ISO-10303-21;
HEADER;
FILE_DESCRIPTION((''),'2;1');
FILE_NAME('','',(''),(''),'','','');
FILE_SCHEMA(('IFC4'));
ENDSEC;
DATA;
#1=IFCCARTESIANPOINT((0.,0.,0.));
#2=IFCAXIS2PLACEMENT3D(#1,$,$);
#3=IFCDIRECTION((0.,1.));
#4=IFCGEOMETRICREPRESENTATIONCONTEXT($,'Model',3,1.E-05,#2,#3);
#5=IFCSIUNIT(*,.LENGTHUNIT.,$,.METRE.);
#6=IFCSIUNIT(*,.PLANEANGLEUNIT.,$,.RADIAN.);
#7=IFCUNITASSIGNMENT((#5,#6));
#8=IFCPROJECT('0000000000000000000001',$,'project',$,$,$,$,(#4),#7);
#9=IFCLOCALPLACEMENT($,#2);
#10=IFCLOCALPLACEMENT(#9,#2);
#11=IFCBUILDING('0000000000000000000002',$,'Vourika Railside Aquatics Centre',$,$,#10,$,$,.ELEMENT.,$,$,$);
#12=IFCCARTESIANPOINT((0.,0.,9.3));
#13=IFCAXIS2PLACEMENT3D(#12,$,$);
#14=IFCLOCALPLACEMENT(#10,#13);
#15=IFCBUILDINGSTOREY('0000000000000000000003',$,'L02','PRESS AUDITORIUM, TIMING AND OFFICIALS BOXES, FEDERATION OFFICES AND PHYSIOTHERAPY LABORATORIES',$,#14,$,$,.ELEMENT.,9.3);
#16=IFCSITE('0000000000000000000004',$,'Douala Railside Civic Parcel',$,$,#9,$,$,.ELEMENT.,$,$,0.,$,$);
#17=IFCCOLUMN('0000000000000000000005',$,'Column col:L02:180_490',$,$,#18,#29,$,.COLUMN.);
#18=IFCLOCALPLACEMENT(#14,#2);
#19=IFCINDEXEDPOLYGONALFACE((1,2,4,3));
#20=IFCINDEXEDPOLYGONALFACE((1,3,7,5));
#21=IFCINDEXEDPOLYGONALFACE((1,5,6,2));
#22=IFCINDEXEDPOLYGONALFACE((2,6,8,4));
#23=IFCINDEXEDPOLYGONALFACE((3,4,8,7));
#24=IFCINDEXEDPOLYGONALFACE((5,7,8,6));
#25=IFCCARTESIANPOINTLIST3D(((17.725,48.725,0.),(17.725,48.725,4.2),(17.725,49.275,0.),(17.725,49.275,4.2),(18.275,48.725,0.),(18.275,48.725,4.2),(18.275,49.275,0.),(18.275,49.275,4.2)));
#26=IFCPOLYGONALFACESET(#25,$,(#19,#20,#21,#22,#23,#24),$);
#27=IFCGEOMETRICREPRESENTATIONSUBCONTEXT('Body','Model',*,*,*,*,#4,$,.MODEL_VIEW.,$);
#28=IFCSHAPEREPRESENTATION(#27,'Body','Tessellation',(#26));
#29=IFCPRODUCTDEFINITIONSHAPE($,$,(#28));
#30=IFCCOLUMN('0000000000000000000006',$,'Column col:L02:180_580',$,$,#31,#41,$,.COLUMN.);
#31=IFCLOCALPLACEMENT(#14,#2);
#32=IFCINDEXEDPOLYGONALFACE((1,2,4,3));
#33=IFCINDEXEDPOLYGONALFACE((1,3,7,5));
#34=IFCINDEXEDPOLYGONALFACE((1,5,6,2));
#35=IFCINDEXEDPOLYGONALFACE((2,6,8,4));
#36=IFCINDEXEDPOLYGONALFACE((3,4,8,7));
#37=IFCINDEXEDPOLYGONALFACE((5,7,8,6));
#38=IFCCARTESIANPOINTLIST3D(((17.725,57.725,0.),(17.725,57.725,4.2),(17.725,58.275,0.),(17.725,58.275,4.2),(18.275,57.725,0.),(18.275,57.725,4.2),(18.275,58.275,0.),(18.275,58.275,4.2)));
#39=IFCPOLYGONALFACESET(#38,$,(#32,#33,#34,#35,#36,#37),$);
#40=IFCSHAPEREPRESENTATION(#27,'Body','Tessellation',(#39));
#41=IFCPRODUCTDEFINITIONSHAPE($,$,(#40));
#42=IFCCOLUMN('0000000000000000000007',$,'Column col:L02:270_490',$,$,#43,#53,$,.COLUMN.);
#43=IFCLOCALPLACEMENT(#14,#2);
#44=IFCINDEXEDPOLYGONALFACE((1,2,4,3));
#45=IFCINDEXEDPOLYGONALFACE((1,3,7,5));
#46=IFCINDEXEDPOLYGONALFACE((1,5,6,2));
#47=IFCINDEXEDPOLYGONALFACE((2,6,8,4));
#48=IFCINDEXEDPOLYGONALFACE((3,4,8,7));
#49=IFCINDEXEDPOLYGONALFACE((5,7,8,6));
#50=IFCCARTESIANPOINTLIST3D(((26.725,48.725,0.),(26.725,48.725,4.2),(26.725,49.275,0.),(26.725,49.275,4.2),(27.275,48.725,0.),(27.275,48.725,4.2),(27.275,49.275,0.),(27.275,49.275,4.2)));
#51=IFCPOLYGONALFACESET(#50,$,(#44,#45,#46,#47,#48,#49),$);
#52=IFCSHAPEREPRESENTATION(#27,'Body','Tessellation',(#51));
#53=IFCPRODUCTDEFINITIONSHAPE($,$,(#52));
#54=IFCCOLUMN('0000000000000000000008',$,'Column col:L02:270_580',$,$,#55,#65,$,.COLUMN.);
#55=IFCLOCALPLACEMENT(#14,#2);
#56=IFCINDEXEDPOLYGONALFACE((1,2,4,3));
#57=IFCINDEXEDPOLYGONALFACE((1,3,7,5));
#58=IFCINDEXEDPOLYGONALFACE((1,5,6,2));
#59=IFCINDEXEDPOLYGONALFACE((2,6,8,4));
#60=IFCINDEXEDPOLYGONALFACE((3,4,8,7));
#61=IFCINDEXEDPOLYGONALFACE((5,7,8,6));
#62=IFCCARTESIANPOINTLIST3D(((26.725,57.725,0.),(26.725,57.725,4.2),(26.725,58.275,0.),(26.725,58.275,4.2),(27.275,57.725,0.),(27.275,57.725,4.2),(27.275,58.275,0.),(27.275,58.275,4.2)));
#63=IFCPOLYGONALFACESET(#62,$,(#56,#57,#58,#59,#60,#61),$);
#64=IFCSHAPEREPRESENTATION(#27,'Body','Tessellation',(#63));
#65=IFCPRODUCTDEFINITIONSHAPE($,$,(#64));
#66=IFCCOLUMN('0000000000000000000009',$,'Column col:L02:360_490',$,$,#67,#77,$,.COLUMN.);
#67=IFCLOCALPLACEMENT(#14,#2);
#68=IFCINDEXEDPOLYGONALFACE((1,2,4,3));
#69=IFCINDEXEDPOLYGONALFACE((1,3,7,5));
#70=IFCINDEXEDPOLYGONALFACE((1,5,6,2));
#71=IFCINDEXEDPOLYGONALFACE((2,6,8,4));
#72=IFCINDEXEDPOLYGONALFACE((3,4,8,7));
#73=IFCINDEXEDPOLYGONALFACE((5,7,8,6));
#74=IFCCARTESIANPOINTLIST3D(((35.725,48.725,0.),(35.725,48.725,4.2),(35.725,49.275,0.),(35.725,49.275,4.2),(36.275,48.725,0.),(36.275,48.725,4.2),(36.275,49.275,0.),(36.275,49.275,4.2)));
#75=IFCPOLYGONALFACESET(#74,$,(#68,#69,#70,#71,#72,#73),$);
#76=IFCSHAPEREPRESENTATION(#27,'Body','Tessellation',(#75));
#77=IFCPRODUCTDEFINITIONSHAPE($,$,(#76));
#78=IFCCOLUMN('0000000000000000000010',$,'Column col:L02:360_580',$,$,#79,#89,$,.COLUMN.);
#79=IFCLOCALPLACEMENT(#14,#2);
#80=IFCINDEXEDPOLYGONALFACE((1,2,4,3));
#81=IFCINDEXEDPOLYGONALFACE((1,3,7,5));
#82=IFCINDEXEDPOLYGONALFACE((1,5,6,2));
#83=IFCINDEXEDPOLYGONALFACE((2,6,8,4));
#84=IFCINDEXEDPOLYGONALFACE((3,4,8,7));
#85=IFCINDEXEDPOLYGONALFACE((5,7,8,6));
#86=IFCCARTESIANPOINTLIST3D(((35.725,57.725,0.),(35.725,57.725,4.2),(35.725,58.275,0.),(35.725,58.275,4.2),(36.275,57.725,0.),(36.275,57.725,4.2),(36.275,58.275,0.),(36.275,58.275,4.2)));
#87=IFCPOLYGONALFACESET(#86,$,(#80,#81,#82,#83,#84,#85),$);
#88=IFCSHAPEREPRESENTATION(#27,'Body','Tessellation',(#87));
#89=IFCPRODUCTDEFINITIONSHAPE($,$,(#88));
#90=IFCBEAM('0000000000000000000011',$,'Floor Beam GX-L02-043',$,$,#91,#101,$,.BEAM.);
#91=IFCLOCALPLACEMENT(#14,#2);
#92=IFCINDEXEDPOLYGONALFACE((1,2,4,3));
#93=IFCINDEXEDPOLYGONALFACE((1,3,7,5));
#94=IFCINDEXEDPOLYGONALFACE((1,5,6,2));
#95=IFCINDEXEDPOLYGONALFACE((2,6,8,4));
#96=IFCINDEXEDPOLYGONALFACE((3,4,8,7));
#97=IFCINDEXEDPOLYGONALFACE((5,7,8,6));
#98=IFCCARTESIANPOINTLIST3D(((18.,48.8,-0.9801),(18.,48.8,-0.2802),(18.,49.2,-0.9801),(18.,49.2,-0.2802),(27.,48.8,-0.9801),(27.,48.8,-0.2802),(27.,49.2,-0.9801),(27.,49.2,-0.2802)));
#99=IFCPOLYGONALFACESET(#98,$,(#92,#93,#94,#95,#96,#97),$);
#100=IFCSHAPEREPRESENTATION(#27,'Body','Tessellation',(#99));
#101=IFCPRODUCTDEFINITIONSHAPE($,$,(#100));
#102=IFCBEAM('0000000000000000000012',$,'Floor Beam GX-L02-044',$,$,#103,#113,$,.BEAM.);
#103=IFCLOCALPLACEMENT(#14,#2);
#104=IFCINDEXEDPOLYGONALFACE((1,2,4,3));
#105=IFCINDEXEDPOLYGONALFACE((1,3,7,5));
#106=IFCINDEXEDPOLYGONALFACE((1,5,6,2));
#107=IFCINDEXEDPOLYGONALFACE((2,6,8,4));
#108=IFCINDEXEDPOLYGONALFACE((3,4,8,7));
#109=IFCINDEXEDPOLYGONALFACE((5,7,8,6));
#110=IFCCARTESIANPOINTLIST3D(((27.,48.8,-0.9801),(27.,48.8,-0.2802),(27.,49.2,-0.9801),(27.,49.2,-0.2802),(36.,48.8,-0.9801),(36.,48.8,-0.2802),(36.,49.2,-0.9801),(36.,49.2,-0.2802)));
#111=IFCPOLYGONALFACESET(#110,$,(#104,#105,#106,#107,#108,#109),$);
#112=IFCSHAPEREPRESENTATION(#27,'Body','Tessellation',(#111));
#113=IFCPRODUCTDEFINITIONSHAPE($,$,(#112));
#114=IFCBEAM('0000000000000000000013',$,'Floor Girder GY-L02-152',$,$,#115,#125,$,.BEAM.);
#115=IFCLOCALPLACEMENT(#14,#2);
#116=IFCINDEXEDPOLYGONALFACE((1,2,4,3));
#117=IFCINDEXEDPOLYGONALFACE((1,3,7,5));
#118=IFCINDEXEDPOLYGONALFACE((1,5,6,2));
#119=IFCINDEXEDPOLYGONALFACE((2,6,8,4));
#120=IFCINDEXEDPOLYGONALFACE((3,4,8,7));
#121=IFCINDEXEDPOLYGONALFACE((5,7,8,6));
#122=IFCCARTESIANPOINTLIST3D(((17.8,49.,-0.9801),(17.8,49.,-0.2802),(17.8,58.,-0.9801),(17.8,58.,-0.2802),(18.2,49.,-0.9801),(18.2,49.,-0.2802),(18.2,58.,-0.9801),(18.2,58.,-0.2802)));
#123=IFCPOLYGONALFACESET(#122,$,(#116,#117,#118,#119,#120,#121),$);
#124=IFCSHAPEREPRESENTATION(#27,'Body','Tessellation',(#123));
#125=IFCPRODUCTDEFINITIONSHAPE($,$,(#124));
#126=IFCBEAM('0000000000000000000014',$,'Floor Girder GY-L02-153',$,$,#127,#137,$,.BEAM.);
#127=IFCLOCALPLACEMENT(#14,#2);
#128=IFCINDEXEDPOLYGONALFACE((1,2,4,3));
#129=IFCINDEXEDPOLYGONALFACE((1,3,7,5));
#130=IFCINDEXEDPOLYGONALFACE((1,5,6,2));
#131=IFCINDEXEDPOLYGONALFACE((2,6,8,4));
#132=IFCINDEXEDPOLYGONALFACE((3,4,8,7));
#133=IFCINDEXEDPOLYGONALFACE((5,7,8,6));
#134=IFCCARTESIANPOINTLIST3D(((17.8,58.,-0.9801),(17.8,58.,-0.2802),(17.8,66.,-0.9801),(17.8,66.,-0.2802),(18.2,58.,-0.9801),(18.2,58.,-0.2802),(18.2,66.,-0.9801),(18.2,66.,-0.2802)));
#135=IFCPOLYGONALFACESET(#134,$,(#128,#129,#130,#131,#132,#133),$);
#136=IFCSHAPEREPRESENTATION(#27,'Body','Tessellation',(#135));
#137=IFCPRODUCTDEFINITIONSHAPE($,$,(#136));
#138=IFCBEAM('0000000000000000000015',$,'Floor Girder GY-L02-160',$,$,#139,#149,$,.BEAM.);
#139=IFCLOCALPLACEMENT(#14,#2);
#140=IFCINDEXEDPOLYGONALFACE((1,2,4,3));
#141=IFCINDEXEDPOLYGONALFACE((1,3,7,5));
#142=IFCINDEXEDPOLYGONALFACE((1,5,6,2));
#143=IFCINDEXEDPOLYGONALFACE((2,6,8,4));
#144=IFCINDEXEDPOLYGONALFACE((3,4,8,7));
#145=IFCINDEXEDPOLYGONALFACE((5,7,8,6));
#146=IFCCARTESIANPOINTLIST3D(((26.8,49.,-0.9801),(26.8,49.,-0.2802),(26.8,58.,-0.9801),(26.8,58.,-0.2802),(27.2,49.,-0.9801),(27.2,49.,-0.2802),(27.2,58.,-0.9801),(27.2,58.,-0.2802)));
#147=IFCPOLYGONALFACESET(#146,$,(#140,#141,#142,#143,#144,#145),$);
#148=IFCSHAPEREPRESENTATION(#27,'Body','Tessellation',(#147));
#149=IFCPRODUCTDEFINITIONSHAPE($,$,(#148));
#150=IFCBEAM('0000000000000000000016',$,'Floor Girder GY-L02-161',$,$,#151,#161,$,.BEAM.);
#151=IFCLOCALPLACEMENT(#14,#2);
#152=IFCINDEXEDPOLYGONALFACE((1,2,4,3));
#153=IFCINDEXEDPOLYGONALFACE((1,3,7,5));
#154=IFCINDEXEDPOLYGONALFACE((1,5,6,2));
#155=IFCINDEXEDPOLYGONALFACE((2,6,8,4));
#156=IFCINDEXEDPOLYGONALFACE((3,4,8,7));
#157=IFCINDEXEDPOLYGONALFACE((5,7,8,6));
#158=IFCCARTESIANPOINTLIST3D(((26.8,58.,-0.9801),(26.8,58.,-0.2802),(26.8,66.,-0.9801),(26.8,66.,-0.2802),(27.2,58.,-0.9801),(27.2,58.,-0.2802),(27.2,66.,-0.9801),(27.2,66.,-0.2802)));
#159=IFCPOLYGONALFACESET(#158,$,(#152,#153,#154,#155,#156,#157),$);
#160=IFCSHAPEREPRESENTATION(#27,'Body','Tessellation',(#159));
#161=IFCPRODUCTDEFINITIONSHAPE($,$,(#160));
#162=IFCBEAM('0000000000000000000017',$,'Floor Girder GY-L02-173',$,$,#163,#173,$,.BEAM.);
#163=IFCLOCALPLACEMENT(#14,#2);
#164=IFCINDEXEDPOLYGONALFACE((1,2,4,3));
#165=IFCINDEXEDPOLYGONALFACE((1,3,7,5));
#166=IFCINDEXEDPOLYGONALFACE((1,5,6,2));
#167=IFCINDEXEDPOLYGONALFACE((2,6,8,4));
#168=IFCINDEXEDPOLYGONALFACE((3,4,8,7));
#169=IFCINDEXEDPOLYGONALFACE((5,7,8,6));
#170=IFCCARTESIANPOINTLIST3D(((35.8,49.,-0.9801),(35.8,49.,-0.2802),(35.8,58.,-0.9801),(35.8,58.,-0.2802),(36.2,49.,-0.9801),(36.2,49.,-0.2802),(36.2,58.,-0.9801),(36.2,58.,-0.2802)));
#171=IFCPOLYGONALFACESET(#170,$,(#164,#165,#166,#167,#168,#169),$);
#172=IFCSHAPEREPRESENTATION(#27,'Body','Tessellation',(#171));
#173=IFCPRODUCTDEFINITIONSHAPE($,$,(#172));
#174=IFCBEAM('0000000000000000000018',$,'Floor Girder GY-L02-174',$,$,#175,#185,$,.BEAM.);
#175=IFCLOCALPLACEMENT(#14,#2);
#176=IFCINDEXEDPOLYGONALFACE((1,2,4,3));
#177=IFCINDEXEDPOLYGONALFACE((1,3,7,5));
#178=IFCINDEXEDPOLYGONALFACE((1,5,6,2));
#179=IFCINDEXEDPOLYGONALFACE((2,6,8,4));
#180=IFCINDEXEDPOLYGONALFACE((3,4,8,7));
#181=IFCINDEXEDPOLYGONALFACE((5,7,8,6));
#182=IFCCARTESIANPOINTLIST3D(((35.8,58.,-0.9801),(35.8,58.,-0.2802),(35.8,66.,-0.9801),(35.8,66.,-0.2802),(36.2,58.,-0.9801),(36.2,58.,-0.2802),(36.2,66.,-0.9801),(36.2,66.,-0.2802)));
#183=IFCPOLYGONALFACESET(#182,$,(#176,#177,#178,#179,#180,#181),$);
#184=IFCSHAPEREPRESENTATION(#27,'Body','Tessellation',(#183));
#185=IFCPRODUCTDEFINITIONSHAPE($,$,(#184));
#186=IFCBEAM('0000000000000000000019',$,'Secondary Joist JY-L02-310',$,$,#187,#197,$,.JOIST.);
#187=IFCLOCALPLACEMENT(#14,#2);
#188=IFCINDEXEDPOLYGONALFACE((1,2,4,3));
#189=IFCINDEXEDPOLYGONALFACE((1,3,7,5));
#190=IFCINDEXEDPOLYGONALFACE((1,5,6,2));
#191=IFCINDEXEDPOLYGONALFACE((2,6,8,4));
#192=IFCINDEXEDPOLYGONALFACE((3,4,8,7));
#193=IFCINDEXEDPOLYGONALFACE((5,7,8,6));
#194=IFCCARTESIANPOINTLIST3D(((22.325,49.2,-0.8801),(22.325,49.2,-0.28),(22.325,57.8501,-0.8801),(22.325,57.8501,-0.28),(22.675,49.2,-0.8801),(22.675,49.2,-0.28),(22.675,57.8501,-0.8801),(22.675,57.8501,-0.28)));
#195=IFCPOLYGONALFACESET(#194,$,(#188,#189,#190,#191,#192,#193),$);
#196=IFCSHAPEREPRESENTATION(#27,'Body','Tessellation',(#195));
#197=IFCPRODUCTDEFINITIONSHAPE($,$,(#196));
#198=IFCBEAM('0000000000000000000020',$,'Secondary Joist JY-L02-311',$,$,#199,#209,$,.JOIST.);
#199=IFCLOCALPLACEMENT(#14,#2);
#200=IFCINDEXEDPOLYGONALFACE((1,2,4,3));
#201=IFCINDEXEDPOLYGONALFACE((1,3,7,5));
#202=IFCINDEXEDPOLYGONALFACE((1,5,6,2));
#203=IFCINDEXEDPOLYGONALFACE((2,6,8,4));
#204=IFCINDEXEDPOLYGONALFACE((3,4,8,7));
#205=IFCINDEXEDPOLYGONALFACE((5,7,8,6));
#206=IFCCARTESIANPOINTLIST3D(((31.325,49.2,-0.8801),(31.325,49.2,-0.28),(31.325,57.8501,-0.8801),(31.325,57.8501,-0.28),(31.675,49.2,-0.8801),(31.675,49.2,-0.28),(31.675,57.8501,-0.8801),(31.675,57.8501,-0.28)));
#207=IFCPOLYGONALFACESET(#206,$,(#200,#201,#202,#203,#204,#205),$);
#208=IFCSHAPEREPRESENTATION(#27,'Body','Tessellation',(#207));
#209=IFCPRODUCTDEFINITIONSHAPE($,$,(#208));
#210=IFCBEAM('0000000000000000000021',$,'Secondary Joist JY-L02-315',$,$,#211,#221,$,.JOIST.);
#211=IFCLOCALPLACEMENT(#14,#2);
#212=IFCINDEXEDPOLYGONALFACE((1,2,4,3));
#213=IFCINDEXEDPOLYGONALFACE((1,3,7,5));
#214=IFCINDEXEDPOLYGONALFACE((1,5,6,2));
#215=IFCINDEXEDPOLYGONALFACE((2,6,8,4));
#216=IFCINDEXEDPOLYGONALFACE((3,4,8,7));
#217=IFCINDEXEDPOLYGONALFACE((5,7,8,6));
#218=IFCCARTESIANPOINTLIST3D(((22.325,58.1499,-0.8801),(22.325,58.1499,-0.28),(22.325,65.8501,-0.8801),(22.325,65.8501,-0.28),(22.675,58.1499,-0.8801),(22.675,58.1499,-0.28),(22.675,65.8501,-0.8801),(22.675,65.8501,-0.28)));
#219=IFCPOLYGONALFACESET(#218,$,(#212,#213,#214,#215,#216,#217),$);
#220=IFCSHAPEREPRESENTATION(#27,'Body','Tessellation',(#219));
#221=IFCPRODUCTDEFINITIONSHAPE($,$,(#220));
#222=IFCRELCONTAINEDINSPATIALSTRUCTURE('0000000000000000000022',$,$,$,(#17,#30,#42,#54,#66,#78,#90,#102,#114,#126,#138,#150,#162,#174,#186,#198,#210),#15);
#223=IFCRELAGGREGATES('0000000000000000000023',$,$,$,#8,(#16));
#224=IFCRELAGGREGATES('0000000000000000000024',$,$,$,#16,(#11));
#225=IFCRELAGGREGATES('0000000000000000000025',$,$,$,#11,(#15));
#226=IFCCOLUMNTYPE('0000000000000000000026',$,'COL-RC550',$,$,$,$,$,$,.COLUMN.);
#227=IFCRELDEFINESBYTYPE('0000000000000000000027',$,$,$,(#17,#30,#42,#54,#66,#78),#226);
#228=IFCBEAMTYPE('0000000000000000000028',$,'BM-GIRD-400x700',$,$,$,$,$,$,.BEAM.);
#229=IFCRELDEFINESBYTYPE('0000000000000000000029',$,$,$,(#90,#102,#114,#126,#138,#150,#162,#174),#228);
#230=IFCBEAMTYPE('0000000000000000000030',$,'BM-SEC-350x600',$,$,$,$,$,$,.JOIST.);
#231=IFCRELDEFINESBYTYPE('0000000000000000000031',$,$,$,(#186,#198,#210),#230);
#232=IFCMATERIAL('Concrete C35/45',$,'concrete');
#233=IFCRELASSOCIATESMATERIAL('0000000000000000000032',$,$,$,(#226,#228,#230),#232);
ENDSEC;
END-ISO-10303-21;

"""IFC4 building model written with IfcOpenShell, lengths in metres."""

from ifc_helpers import new_model, si_unit, direction, frame, origin, origin_2d, place, context, subcontext, project, spatial, rectangle, extrude, material, material_profile, profile_set, type_object, element, save


model = new_model("IFC4")

# Units and contexts
model_context = context("Model", 3, precision=1e-05, world=origin(), true_north=direction((0.0, 1.0)))
body_context = subcontext(model_context, "Body", "Model", "MODEL_VIEW")
ifc_project = project(units=[si_unit("LENGTHUNIT", "METRE"), si_unit("PLANEANGLEUNIT", "RADIAN")], contexts=[model_context])

# Site, building, storey
site_placement = place(None, origin())
site = spatial("IfcSite", under=ifc_project, at=site_placement, Name="Douala Railside Civic Parcel", CompositionType="ELEMENT", RefElevation=0.0)
building_placement = place(site_placement, origin())
building = spatial("IfcBuilding", under=site, at=building_placement, Name="Vourika Railside Aquatics Centre", CompositionType="ELEMENT")
storey_placement = place(building_placement, frame((0.0, 0.0, 9.3)))
storey = spatial("IfcBuildingStorey", under=building, at=storey_placement, Name="L02", Description="PRESS AUDITORIUM, TIMING AND OFFICIALS BOXES, FEDERATION OFFICES AND PHYSIOTHERAPY LABORATORIES", CompositionType="ELEMENT", Elevation=9.3)

# Columns
ifc_material_1 = material(Name="Concrete C35/45", Category="concrete")
ifc_material_profile_1 = material_profile(ifc_material_1, rectangle(XDim=0.55, YDim=0.55, at=origin_2d()), Name="RC 550x550")
ifc_profile_set_1 = profile_set([ifc_material_profile_1], Name="Concrete C35/45")
column_type = type_object("IfcColumnType", Name="COL-RC550", PredefinedType="COLUMN", material=ifc_profile_set_1)
for number, where, z_axis, x_axis, name in (
    (1, (18.0, 49.0, 0.0), (0.0, 0.0, 1.0), (1.0, 0.0, 0.0), "Column col:L02:180_490"),
    (2, (18.0, 58.0, 0.0), (0.0, 0.0, 1.0), (1.0, 0.0, 0.0), "Column col:L02:180_580"),
    (3, (27.0, 49.0, 0.0), (0.0, 0.0, 1.0), (1.0, 0.0, 0.0), "Column col:L02:270_490"),
    (4, (27.0, 58.0, 0.0), (0.0, 0.0, 1.0), (1.0, 0.0, 0.0), "Column col:L02:270_580"),
    (5, (36.0, 49.0, 0.0), (0.0, 0.0, 1.0), (1.0, 0.0, 0.0), "Column col:L02:360_490"),
    (6, (36.0, 58.0, 0.0), (0.0, 0.0, 1.0), (1.0, 0.0, 0.0), "Column col:L02:360_580"),
):
    element("IfcColumn", number, at=place(storey_placement, frame(where, z_axis=z_axis, x_axis=x_axis)), inside=storey, type_object=column_type, Name=name, PredefinedType="COLUMN", context=body_context, shape_type="SweptSolid", body=[
        extrude(rectangle(XDim=0.55, YDim=0.55, at=origin_2d()), origin(), (0.0, 0.0, 1.0), 4.2),
    ])

# Beams
ifc_material_profile_2 = material_profile(ifc_material_1, rectangle(XDim=0.3999, YDim=0.7, at=origin_2d()), Name="RC 400x700")
ifc_profile_set_2 = profile_set([ifc_material_profile_2], Name="Concrete C35/45")
beam_type_1 = type_object("IfcBeamType", Name="BM-GIRD-400x700", PredefinedType="BEAM", material=ifc_profile_set_2)
for number, where, z_axis, x_axis, name in (
    (7, (18.0, 49.0, -0.6301), (1.0, 0.0, 0.0), (0.0, 1.0, 0.0), "Floor Beam GX-L02-043"),
    (8, (27.0, 49.0, -0.6301), (1.0, 0.0, 0.0), (0.0, 1.0, 0.0), "Floor Beam GX-L02-044"),
    (9, (18.0, 49.0, -0.6301), (0.0, 1.0, 0.0), (-1.0, 0.0, 0.0), "Floor Girder GY-L02-152"),
):
    element("IfcBeam", number, at=place(storey_placement, frame(where, z_axis=z_axis, x_axis=x_axis)), inside=storey, type_object=beam_type_1, Name=name, PredefinedType="BEAM", context=body_context, shape_type="SweptSolid", body=[
        extrude(rectangle(XDim=0.3999, YDim=0.7, at=origin_2d()), origin(), (0.0, 0.0, 1.0), 9.0),
    ])
beam_1_placement = place(storey_placement, frame((18.0, 58.0, -0.6301), z_axis=(0.0, 1.0, 0.0), x_axis=(-1.0, 0.0, 0.0)))
element("IfcBeam", 10, at=beam_1_placement, inside=storey, type_object=beam_type_1, Name="Floor Girder GY-L02-153", PredefinedType="BEAM", context=body_context, shape_type="SweptSolid", body=[
    extrude(rectangle(XDim=0.3999, YDim=0.7, at=origin_2d()), origin(), (0.0, 0.0, 1.0), 8.0),
])
beam_2_placement = place(storey_placement, frame((27.0, 49.0, -0.6301), z_axis=(0.0, 1.0, 0.0), x_axis=(-1.0, 0.0, 0.0)))
element("IfcBeam", 11, at=beam_2_placement, inside=storey, type_object=beam_type_1, Name="Floor Girder GY-L02-160", PredefinedType="BEAM", context=body_context, shape_type="SweptSolid", body=[
    extrude(rectangle(XDim=0.3999, YDim=0.7, at=origin_2d()), origin(), (0.0, 0.0, 1.0), 9.0),
])
beam_3_placement = place(storey_placement, frame((27.0, 58.0, -0.6301), z_axis=(0.0, 1.0, 0.0), x_axis=(-1.0, 0.0, 0.0)))
element("IfcBeam", 12, at=beam_3_placement, inside=storey, type_object=beam_type_1, Name="Floor Girder GY-L02-161", PredefinedType="BEAM", context=body_context, shape_type="SweptSolid", body=[
    extrude(rectangle(XDim=0.3999, YDim=0.7, at=origin_2d()), origin(), (0.0, 0.0, 1.0), 8.0),
])
beam_4_placement = place(storey_placement, frame((36.0, 49.0, -0.6301), z_axis=(0.0, 1.0, 0.0), x_axis=(-1.0, 0.0, 0.0)))
element("IfcBeam", 13, at=beam_4_placement, inside=storey, type_object=beam_type_1, Name="Floor Girder GY-L02-173", PredefinedType="BEAM", context=body_context, shape_type="SweptSolid", body=[
    extrude(rectangle(XDim=0.3999, YDim=0.7, at=origin_2d()), origin(), (0.0, 0.0, 1.0), 9.0),
])
beam_5_placement = place(storey_placement, frame((36.0, 58.0, -0.6301), z_axis=(0.0, 1.0, 0.0), x_axis=(-1.0, 0.0, 0.0)))
element("IfcBeam", 14, at=beam_5_placement, inside=storey, type_object=beam_type_1, Name="Floor Girder GY-L02-174", PredefinedType="BEAM", context=body_context, shape_type="SweptSolid", body=[
    extrude(rectangle(XDim=0.3999, YDim=0.7, at=origin_2d()), origin(), (0.0, 0.0, 1.0), 8.0),
])
ifc_material_profile_3 = material_profile(ifc_material_1, rectangle(XDim=0.3501, YDim=0.6001, at=origin_2d()), Name="RC 350x600")
ifc_profile_set_3 = profile_set([ifc_material_profile_3], Name="Concrete C35/45")
beam_type_2 = type_object("IfcBeamType", Name="BM-SEC-350x600", PredefinedType="JOIST", material=ifc_profile_set_3)
for number, where, z_axis, x_axis, name in (
    (15, (22.5, 49.2, -0.5801), (0.0, 1.0, 0.0), (-1.0, 0.0, 0.0), "Secondary Joist JY-L02-310"),
    (16, (31.5, 49.2, -0.5801), (0.0, 1.0, 0.0), (-1.0, 0.0, 0.0), "Secondary Joist JY-L02-311"),
):
    element("IfcBeam", number, at=place(storey_placement, frame(where, z_axis=z_axis, x_axis=x_axis)), inside=storey, type_object=beam_type_2, Name=name, PredefinedType="JOIST", context=body_context, shape_type="SweptSolid", body=[
        extrude(rectangle(XDim=0.3501, YDim=0.6001, at=origin_2d()), origin(), (0.0, 0.0, 1.0), 8.6501),
    ])
for number, where, z_axis, x_axis, name in (
    (17, (22.5, 58.1499, -0.5801), (0.0, 1.0, 0.0), (-1.0, 0.0, 0.0), "Secondary Joist JY-L02-315"),
):
    element("IfcBeam", number, at=place(storey_placement, frame(where, z_axis=z_axis, x_axis=x_axis)), inside=storey, type_object=beam_type_2, Name=name, PredefinedType="JOIST", context=body_context, shape_type="SweptSolid", body=[
        extrude(rectangle(XDim=0.3501, YDim=0.6001, at=origin_2d()), origin(), (0.0, 0.0, 1.0), 7.7002),
    ])

save(model, "model.ifc")
